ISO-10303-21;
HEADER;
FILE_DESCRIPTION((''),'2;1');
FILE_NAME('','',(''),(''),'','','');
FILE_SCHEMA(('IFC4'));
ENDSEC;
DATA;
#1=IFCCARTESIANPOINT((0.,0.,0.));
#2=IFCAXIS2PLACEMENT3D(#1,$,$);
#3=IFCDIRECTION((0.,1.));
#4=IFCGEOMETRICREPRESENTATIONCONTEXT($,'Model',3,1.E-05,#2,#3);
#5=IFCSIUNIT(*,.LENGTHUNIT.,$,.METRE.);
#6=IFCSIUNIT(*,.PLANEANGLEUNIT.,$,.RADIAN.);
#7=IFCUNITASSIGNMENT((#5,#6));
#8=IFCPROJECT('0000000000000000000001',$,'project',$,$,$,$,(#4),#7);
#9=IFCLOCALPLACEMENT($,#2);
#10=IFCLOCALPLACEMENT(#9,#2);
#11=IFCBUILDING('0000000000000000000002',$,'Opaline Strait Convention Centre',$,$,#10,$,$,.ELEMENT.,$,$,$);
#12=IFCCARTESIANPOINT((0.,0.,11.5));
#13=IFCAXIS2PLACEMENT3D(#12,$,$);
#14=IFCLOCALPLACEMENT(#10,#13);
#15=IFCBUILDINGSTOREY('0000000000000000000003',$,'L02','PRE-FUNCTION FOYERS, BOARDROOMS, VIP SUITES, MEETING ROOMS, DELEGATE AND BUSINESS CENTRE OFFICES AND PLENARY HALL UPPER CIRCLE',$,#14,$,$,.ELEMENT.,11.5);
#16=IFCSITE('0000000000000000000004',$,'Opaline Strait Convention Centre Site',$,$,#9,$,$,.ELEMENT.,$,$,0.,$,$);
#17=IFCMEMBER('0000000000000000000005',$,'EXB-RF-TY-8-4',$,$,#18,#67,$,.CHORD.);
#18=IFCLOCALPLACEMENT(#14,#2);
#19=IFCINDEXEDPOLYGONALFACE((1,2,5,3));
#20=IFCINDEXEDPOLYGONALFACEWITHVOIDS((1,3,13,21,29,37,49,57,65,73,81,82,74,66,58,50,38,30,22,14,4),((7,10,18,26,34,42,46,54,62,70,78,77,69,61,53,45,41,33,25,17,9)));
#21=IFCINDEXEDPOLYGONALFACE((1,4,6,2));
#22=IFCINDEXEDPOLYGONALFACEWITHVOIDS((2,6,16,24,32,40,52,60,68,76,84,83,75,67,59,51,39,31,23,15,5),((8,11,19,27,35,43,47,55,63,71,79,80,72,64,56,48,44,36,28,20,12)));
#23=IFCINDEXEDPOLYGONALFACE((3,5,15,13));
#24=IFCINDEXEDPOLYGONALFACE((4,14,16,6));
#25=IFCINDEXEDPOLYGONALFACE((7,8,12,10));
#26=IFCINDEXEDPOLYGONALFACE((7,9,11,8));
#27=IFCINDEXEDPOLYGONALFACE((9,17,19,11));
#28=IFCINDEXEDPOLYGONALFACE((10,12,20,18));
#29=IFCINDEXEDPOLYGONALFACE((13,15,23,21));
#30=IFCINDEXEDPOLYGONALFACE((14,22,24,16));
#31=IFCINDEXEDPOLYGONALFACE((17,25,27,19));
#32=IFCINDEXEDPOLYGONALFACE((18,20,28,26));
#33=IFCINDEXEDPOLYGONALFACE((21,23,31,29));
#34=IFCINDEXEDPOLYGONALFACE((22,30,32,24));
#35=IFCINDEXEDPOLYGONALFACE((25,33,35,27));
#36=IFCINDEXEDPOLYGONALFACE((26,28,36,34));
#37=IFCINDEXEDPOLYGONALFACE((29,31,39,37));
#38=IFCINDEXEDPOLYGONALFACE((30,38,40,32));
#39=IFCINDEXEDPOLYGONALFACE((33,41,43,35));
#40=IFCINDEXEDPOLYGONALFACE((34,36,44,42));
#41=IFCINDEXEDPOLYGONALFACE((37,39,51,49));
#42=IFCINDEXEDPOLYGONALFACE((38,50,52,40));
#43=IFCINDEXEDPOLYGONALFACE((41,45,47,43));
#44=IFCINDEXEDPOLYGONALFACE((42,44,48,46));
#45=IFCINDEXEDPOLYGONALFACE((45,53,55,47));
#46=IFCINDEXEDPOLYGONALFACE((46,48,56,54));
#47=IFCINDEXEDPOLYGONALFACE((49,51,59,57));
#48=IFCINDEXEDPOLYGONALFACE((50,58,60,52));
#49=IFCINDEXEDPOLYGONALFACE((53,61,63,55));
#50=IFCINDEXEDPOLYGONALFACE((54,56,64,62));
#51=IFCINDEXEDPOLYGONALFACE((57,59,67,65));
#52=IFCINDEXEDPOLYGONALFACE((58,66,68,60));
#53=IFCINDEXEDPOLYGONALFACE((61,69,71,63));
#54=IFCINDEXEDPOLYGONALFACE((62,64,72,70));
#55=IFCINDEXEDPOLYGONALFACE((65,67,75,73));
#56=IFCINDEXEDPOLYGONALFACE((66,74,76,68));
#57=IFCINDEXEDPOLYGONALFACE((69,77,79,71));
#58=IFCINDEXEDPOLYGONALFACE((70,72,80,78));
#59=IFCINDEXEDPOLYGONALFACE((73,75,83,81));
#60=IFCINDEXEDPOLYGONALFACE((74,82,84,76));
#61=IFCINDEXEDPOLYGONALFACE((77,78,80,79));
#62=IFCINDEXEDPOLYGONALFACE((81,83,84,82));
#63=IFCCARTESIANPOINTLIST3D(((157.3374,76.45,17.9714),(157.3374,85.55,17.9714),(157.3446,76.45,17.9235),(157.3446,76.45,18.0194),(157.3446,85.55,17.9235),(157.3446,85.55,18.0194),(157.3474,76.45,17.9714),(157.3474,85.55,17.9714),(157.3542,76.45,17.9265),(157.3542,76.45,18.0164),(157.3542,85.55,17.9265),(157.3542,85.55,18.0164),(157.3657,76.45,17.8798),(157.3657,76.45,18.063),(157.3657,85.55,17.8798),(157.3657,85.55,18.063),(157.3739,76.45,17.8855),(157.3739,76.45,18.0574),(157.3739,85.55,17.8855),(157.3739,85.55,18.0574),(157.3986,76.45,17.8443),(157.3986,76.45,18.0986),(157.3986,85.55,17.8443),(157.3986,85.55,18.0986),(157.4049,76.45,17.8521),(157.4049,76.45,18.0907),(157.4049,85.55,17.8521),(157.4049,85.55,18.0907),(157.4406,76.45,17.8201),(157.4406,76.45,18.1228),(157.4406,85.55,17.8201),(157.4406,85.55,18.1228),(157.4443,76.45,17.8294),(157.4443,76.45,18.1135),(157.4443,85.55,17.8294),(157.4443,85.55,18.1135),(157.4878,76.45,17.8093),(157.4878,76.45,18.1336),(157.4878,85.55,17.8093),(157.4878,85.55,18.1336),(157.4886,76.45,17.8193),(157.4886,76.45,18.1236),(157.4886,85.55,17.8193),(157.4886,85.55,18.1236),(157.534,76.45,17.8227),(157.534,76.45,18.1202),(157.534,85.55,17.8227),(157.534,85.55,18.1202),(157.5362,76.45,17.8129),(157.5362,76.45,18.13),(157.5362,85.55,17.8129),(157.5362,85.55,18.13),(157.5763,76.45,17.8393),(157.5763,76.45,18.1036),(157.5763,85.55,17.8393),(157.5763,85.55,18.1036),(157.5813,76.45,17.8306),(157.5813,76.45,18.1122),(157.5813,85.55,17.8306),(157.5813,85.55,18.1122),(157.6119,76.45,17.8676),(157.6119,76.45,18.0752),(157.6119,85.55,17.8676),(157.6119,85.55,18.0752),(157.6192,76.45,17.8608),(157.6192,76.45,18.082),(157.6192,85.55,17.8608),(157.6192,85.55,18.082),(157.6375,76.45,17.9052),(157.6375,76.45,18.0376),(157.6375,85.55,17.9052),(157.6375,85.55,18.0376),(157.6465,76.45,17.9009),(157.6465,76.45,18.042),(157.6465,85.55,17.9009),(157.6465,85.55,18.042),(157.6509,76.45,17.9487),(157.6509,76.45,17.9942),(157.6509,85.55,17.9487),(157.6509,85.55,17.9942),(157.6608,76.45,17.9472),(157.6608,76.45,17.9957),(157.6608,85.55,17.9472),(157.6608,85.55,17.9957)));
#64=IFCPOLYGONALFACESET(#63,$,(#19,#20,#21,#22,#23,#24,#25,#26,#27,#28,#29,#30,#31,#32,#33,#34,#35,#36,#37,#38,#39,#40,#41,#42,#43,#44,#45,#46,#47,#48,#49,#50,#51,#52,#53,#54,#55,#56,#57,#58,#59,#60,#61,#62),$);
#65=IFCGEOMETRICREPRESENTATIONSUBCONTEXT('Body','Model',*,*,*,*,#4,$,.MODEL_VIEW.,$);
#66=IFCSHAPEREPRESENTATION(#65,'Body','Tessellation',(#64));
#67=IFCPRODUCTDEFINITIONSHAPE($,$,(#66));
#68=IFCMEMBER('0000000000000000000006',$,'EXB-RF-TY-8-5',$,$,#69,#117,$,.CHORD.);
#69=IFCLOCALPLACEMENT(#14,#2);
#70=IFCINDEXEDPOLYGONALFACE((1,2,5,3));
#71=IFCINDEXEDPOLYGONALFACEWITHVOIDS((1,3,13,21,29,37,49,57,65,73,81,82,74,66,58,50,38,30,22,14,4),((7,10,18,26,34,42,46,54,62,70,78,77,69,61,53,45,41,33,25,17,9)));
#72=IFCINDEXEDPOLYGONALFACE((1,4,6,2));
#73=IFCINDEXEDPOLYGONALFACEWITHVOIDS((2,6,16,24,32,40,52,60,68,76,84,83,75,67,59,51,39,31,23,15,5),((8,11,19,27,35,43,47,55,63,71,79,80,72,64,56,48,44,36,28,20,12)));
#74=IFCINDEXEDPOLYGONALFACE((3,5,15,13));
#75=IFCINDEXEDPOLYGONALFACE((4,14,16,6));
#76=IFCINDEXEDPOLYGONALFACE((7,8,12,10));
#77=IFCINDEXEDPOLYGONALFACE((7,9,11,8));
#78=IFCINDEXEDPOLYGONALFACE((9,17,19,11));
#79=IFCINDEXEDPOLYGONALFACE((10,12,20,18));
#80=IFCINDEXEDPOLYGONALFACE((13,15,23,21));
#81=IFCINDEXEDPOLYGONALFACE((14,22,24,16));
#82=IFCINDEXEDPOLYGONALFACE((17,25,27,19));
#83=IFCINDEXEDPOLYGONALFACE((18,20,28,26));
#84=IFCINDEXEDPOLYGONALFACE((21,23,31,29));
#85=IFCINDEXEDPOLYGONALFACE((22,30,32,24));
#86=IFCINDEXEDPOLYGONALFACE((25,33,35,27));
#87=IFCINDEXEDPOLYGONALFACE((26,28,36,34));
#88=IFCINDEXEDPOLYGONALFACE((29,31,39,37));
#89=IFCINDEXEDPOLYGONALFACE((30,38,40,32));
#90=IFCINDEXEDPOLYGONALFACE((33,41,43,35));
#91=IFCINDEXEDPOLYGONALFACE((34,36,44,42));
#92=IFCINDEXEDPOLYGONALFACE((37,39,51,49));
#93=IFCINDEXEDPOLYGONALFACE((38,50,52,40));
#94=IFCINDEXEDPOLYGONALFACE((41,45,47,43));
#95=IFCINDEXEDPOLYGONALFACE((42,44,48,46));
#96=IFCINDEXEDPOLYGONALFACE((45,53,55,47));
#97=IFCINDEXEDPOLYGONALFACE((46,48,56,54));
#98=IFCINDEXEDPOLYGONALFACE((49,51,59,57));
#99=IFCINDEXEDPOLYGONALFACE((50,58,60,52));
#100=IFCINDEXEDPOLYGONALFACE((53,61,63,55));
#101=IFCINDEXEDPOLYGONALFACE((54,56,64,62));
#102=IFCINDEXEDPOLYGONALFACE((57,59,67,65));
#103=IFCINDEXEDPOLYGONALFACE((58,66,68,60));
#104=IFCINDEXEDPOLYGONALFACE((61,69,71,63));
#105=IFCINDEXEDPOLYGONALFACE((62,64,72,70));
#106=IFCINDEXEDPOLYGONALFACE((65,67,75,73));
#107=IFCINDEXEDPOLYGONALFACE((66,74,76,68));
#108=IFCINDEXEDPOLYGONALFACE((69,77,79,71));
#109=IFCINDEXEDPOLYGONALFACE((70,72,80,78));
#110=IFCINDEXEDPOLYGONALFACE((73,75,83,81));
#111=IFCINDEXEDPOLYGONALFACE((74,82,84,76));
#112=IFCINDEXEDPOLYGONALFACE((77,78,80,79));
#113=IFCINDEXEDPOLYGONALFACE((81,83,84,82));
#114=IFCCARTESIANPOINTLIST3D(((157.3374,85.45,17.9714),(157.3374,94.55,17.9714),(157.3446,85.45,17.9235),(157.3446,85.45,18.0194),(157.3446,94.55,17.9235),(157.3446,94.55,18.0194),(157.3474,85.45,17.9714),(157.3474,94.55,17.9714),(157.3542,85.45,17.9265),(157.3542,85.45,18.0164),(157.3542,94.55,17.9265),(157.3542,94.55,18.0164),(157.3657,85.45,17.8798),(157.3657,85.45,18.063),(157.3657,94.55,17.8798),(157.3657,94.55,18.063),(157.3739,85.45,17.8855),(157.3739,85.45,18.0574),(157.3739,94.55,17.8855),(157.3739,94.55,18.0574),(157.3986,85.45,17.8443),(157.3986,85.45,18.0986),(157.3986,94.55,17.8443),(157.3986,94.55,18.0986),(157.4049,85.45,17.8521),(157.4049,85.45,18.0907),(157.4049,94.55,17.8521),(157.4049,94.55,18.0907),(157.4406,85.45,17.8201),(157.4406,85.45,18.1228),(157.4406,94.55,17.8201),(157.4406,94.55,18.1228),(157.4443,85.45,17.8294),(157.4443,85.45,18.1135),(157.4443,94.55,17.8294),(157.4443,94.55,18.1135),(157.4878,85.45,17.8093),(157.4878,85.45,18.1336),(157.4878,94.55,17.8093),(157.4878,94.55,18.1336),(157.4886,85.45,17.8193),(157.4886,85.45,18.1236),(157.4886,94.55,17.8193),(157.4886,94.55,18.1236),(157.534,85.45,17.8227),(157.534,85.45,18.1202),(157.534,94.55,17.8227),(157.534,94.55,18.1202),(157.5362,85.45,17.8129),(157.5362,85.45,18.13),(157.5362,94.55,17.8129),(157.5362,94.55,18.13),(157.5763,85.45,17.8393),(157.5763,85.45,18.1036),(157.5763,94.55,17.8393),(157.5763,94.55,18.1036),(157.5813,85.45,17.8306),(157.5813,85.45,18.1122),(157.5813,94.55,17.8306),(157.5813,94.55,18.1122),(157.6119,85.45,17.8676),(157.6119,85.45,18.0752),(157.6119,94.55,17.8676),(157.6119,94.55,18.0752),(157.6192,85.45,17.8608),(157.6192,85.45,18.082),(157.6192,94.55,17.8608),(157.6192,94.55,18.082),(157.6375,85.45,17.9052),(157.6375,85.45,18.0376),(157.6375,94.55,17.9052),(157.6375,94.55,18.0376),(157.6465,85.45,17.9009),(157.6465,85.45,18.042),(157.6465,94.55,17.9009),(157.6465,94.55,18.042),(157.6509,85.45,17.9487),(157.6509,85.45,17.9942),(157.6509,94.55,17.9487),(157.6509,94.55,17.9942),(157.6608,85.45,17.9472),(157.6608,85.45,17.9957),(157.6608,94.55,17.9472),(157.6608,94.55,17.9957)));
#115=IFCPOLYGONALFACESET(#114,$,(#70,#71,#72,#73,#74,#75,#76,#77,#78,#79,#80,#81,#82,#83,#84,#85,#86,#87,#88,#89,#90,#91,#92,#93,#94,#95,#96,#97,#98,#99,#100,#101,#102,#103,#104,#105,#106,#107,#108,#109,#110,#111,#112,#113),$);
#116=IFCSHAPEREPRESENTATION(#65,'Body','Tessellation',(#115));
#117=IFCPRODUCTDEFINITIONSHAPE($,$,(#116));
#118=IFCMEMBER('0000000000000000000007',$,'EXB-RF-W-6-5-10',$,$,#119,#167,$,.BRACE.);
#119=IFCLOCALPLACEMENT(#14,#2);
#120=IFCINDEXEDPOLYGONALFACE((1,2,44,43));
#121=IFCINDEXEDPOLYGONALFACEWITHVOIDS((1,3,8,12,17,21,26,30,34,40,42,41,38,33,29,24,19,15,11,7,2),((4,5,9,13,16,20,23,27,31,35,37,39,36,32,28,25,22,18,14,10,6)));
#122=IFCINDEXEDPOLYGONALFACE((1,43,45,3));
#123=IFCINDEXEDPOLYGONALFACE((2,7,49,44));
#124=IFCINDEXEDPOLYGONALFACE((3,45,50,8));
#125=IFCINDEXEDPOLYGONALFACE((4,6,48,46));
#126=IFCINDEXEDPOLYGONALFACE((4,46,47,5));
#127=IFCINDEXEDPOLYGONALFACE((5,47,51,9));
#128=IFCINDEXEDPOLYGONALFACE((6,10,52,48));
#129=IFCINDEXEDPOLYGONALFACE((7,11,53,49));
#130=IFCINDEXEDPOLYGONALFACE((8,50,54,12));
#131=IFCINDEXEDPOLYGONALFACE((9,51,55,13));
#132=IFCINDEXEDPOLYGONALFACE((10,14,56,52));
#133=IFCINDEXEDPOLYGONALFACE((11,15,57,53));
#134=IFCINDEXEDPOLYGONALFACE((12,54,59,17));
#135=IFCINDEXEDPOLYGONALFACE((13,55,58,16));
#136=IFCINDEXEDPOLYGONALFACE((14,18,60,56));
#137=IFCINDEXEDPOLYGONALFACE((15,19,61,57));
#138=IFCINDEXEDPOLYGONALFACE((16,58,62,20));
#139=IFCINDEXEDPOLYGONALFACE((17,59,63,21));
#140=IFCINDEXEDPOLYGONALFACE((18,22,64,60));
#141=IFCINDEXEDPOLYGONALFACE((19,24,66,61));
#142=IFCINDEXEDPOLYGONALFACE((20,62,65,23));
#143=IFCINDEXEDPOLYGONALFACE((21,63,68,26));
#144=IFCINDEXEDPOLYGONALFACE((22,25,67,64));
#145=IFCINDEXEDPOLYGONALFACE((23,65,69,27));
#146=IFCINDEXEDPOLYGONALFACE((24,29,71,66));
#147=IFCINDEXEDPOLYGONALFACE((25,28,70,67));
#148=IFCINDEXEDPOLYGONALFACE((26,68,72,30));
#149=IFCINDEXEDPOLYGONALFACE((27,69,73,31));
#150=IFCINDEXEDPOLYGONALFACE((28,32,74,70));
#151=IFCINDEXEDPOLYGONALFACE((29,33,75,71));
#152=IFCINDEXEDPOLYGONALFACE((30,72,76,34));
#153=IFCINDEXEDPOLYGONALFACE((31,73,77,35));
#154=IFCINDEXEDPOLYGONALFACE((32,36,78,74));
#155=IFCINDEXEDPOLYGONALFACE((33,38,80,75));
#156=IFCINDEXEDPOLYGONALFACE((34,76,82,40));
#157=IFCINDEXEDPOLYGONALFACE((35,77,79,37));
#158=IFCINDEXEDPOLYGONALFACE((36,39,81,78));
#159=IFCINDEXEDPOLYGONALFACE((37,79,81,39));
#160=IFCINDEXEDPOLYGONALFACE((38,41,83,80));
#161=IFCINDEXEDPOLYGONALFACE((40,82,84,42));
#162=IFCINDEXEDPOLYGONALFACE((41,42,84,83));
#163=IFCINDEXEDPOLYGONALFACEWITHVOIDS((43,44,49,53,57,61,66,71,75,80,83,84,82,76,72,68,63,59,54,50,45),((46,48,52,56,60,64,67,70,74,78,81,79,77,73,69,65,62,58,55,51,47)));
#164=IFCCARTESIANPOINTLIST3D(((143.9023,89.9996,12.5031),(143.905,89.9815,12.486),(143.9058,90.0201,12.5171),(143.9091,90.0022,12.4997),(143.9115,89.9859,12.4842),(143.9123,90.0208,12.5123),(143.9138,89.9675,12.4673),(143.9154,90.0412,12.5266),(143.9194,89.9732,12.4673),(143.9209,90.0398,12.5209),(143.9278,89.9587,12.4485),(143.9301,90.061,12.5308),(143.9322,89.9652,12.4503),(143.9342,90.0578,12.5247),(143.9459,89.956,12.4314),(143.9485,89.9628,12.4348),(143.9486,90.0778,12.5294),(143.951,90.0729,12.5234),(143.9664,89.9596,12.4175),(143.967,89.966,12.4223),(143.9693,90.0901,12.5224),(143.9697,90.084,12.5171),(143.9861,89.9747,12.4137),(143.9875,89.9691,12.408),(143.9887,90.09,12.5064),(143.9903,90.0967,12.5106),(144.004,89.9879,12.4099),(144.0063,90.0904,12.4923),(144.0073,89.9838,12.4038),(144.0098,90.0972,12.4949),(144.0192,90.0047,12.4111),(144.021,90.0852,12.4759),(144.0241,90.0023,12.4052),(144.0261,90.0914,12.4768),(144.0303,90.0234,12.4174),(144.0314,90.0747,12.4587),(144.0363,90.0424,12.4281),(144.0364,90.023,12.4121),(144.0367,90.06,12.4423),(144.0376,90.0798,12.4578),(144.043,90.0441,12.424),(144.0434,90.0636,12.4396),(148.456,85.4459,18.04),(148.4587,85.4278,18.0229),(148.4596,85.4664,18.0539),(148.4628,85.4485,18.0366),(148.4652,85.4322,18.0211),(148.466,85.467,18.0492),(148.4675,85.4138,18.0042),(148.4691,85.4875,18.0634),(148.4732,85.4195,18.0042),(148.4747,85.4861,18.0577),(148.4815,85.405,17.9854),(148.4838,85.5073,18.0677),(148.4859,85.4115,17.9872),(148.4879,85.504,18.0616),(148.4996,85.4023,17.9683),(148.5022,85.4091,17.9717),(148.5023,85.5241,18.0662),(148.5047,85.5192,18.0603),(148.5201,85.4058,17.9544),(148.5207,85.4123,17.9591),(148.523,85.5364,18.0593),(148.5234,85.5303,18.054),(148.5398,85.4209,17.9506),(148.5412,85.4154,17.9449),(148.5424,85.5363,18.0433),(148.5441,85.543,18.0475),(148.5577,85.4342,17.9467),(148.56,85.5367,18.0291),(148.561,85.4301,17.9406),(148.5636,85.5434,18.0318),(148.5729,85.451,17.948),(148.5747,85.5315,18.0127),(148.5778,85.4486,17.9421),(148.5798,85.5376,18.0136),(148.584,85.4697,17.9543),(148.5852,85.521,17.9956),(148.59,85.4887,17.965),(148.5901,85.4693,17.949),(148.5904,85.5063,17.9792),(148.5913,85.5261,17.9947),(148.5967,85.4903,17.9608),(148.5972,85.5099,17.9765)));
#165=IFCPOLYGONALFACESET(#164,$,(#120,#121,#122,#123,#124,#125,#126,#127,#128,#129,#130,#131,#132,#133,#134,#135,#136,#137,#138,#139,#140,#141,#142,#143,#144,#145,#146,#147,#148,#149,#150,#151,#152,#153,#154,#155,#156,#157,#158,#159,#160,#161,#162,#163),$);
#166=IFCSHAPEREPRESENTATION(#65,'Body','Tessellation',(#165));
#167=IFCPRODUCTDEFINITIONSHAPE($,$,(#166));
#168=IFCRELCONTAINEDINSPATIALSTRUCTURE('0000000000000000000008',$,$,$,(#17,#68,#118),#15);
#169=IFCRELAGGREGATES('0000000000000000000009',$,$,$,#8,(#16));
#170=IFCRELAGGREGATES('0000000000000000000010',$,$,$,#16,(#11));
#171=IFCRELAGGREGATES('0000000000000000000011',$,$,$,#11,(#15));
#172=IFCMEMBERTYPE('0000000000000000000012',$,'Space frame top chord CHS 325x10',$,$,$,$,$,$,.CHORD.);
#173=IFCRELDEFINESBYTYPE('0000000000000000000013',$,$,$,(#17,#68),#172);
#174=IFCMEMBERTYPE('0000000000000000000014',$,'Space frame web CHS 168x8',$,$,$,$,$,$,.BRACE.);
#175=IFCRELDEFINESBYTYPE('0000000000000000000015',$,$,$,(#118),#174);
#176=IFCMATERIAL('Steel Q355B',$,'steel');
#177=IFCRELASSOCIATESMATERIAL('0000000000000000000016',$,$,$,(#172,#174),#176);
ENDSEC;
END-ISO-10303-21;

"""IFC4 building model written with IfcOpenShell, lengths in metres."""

from ifc_helpers import new_model, si_unit, direction, frame, origin, origin_2d, place, context, subcontext, project, spatial, hollow_circle, extrude, material, material_profile, profile_set, type_object, element, save


model = new_model("IFC4")

# Units and contexts
model_context = context("Model", 3, precision=1e-05, world=origin(), true_north=direction((0.0, 1.0)))
body_context = subcontext(model_context, "Body", "Model", "MODEL_VIEW")
ifc_project = project(units=[si_unit("LENGTHUNIT", "METRE"), si_unit("PLANEANGLEUNIT", "RADIAN")], contexts=[model_context])

# Site, building, storey
site_placement = place(None, origin())
site = spatial("IfcSite", under=ifc_project, at=site_placement, Name="Opaline Strait Convention Centre Site", CompositionType="ELEMENT", RefElevation=0.0)
building_placement = place(site_placement, origin())
building = spatial("IfcBuilding", under=site, at=building_placement, Name="Opaline Strait Convention Centre", CompositionType="ELEMENT")
storey_placement = place(building_placement, frame((0.0, 0.0, 11.5)))
storey = spatial("IfcBuildingStorey", under=building, at=storey_placement, Name="L02", Description="PRE-FUNCTION FOYERS, BOARDROOMS, VIP SUITES, MEETING ROOMS, DELEGATE AND BUSINESS CENTRE OFFICES AND PLENARY HALL UPPER CIRCLE", CompositionType="ELEMENT", Elevation=11.5)

# Members
ifc_material_1 = material(Name="Steel Q355B", Category="steel")
ifc_material_profile_1 = material_profile(ifc_material_1, hollow_circle(Radius=0.1626, WallThickness=0.01, at=origin_2d()), Name="CHS 325x10")
ifc_profile_set_1 = profile_set([ifc_material_profile_1], Name="Steel Q355B")
member_type_1 = type_object("IfcMemberType", Name="Space frame top chord CHS 325x10", PredefinedType="CHORD", material=ifc_profile_set_1)
for number, where, z_axis, x_axis, name in (
    (1, (157.5, 76.45, 17.9714), (0.0, 1.0, 0.0), (-1.0, 0.0, 0.0), "EXB-RF-TY-8-4"),
    (2, (157.5, 85.45, 17.9714), (0.0, 1.0, 0.0), (-1.0, 0.0, 0.0), "EXB-RF-TY-8-5"),
):
    element("IfcMember", number, at=place(storey_placement, frame(where, z_axis=z_axis, x_axis=x_axis)), inside=storey, type_object=member_type_1, Name=name, PredefinedType="CHORD", context=body_context, shape_type="SweptSolid", body=[
        extrude(hollow_circle(Radius=0.1626, WallThickness=0.01, at=origin_2d()), origin(), (0.0, 0.0, 1.0), 9.1001),
    ])
ifc_material_profile_2 = material_profile(ifc_material_1, hollow_circle(Radius=0.084, WallThickness=0.0081, at=origin_2d()), Name="CHS 168x8")
ifc_profile_set_2 = profile_set([ifc_material_profile_2], Name="Steel Q355B")
member_type_2 = type_object("IfcMemberType", Name="Space frame web CHS 168x8", PredefinedType="BRACE", material=ifc_profile_set_2)
for number, where, z_axis, x_axis, name in (
    (3, (148.5269, 85.4731, 18.0042), (-0.536178, 0.536178, -0.65194), (-0.707107, -0.707107, 0.0), "EXB-RF-W-6-5-10"),
):
    element("IfcMember", number, at=place(storey_placement, frame(where, z_axis=z_axis, x_axis=x_axis)), inside=storey, type_object=member_type_2, Name=name, PredefinedType="BRACE", context=body_context, shape_type="SweptSolid", body=[
        extrude(hollow_circle(Radius=0.084, WallThickness=0.0081, at=origin_2d()), origin(), (0.0, 0.0, 1.0), 8.4929),
    ])

save(model, "model.ifc")
